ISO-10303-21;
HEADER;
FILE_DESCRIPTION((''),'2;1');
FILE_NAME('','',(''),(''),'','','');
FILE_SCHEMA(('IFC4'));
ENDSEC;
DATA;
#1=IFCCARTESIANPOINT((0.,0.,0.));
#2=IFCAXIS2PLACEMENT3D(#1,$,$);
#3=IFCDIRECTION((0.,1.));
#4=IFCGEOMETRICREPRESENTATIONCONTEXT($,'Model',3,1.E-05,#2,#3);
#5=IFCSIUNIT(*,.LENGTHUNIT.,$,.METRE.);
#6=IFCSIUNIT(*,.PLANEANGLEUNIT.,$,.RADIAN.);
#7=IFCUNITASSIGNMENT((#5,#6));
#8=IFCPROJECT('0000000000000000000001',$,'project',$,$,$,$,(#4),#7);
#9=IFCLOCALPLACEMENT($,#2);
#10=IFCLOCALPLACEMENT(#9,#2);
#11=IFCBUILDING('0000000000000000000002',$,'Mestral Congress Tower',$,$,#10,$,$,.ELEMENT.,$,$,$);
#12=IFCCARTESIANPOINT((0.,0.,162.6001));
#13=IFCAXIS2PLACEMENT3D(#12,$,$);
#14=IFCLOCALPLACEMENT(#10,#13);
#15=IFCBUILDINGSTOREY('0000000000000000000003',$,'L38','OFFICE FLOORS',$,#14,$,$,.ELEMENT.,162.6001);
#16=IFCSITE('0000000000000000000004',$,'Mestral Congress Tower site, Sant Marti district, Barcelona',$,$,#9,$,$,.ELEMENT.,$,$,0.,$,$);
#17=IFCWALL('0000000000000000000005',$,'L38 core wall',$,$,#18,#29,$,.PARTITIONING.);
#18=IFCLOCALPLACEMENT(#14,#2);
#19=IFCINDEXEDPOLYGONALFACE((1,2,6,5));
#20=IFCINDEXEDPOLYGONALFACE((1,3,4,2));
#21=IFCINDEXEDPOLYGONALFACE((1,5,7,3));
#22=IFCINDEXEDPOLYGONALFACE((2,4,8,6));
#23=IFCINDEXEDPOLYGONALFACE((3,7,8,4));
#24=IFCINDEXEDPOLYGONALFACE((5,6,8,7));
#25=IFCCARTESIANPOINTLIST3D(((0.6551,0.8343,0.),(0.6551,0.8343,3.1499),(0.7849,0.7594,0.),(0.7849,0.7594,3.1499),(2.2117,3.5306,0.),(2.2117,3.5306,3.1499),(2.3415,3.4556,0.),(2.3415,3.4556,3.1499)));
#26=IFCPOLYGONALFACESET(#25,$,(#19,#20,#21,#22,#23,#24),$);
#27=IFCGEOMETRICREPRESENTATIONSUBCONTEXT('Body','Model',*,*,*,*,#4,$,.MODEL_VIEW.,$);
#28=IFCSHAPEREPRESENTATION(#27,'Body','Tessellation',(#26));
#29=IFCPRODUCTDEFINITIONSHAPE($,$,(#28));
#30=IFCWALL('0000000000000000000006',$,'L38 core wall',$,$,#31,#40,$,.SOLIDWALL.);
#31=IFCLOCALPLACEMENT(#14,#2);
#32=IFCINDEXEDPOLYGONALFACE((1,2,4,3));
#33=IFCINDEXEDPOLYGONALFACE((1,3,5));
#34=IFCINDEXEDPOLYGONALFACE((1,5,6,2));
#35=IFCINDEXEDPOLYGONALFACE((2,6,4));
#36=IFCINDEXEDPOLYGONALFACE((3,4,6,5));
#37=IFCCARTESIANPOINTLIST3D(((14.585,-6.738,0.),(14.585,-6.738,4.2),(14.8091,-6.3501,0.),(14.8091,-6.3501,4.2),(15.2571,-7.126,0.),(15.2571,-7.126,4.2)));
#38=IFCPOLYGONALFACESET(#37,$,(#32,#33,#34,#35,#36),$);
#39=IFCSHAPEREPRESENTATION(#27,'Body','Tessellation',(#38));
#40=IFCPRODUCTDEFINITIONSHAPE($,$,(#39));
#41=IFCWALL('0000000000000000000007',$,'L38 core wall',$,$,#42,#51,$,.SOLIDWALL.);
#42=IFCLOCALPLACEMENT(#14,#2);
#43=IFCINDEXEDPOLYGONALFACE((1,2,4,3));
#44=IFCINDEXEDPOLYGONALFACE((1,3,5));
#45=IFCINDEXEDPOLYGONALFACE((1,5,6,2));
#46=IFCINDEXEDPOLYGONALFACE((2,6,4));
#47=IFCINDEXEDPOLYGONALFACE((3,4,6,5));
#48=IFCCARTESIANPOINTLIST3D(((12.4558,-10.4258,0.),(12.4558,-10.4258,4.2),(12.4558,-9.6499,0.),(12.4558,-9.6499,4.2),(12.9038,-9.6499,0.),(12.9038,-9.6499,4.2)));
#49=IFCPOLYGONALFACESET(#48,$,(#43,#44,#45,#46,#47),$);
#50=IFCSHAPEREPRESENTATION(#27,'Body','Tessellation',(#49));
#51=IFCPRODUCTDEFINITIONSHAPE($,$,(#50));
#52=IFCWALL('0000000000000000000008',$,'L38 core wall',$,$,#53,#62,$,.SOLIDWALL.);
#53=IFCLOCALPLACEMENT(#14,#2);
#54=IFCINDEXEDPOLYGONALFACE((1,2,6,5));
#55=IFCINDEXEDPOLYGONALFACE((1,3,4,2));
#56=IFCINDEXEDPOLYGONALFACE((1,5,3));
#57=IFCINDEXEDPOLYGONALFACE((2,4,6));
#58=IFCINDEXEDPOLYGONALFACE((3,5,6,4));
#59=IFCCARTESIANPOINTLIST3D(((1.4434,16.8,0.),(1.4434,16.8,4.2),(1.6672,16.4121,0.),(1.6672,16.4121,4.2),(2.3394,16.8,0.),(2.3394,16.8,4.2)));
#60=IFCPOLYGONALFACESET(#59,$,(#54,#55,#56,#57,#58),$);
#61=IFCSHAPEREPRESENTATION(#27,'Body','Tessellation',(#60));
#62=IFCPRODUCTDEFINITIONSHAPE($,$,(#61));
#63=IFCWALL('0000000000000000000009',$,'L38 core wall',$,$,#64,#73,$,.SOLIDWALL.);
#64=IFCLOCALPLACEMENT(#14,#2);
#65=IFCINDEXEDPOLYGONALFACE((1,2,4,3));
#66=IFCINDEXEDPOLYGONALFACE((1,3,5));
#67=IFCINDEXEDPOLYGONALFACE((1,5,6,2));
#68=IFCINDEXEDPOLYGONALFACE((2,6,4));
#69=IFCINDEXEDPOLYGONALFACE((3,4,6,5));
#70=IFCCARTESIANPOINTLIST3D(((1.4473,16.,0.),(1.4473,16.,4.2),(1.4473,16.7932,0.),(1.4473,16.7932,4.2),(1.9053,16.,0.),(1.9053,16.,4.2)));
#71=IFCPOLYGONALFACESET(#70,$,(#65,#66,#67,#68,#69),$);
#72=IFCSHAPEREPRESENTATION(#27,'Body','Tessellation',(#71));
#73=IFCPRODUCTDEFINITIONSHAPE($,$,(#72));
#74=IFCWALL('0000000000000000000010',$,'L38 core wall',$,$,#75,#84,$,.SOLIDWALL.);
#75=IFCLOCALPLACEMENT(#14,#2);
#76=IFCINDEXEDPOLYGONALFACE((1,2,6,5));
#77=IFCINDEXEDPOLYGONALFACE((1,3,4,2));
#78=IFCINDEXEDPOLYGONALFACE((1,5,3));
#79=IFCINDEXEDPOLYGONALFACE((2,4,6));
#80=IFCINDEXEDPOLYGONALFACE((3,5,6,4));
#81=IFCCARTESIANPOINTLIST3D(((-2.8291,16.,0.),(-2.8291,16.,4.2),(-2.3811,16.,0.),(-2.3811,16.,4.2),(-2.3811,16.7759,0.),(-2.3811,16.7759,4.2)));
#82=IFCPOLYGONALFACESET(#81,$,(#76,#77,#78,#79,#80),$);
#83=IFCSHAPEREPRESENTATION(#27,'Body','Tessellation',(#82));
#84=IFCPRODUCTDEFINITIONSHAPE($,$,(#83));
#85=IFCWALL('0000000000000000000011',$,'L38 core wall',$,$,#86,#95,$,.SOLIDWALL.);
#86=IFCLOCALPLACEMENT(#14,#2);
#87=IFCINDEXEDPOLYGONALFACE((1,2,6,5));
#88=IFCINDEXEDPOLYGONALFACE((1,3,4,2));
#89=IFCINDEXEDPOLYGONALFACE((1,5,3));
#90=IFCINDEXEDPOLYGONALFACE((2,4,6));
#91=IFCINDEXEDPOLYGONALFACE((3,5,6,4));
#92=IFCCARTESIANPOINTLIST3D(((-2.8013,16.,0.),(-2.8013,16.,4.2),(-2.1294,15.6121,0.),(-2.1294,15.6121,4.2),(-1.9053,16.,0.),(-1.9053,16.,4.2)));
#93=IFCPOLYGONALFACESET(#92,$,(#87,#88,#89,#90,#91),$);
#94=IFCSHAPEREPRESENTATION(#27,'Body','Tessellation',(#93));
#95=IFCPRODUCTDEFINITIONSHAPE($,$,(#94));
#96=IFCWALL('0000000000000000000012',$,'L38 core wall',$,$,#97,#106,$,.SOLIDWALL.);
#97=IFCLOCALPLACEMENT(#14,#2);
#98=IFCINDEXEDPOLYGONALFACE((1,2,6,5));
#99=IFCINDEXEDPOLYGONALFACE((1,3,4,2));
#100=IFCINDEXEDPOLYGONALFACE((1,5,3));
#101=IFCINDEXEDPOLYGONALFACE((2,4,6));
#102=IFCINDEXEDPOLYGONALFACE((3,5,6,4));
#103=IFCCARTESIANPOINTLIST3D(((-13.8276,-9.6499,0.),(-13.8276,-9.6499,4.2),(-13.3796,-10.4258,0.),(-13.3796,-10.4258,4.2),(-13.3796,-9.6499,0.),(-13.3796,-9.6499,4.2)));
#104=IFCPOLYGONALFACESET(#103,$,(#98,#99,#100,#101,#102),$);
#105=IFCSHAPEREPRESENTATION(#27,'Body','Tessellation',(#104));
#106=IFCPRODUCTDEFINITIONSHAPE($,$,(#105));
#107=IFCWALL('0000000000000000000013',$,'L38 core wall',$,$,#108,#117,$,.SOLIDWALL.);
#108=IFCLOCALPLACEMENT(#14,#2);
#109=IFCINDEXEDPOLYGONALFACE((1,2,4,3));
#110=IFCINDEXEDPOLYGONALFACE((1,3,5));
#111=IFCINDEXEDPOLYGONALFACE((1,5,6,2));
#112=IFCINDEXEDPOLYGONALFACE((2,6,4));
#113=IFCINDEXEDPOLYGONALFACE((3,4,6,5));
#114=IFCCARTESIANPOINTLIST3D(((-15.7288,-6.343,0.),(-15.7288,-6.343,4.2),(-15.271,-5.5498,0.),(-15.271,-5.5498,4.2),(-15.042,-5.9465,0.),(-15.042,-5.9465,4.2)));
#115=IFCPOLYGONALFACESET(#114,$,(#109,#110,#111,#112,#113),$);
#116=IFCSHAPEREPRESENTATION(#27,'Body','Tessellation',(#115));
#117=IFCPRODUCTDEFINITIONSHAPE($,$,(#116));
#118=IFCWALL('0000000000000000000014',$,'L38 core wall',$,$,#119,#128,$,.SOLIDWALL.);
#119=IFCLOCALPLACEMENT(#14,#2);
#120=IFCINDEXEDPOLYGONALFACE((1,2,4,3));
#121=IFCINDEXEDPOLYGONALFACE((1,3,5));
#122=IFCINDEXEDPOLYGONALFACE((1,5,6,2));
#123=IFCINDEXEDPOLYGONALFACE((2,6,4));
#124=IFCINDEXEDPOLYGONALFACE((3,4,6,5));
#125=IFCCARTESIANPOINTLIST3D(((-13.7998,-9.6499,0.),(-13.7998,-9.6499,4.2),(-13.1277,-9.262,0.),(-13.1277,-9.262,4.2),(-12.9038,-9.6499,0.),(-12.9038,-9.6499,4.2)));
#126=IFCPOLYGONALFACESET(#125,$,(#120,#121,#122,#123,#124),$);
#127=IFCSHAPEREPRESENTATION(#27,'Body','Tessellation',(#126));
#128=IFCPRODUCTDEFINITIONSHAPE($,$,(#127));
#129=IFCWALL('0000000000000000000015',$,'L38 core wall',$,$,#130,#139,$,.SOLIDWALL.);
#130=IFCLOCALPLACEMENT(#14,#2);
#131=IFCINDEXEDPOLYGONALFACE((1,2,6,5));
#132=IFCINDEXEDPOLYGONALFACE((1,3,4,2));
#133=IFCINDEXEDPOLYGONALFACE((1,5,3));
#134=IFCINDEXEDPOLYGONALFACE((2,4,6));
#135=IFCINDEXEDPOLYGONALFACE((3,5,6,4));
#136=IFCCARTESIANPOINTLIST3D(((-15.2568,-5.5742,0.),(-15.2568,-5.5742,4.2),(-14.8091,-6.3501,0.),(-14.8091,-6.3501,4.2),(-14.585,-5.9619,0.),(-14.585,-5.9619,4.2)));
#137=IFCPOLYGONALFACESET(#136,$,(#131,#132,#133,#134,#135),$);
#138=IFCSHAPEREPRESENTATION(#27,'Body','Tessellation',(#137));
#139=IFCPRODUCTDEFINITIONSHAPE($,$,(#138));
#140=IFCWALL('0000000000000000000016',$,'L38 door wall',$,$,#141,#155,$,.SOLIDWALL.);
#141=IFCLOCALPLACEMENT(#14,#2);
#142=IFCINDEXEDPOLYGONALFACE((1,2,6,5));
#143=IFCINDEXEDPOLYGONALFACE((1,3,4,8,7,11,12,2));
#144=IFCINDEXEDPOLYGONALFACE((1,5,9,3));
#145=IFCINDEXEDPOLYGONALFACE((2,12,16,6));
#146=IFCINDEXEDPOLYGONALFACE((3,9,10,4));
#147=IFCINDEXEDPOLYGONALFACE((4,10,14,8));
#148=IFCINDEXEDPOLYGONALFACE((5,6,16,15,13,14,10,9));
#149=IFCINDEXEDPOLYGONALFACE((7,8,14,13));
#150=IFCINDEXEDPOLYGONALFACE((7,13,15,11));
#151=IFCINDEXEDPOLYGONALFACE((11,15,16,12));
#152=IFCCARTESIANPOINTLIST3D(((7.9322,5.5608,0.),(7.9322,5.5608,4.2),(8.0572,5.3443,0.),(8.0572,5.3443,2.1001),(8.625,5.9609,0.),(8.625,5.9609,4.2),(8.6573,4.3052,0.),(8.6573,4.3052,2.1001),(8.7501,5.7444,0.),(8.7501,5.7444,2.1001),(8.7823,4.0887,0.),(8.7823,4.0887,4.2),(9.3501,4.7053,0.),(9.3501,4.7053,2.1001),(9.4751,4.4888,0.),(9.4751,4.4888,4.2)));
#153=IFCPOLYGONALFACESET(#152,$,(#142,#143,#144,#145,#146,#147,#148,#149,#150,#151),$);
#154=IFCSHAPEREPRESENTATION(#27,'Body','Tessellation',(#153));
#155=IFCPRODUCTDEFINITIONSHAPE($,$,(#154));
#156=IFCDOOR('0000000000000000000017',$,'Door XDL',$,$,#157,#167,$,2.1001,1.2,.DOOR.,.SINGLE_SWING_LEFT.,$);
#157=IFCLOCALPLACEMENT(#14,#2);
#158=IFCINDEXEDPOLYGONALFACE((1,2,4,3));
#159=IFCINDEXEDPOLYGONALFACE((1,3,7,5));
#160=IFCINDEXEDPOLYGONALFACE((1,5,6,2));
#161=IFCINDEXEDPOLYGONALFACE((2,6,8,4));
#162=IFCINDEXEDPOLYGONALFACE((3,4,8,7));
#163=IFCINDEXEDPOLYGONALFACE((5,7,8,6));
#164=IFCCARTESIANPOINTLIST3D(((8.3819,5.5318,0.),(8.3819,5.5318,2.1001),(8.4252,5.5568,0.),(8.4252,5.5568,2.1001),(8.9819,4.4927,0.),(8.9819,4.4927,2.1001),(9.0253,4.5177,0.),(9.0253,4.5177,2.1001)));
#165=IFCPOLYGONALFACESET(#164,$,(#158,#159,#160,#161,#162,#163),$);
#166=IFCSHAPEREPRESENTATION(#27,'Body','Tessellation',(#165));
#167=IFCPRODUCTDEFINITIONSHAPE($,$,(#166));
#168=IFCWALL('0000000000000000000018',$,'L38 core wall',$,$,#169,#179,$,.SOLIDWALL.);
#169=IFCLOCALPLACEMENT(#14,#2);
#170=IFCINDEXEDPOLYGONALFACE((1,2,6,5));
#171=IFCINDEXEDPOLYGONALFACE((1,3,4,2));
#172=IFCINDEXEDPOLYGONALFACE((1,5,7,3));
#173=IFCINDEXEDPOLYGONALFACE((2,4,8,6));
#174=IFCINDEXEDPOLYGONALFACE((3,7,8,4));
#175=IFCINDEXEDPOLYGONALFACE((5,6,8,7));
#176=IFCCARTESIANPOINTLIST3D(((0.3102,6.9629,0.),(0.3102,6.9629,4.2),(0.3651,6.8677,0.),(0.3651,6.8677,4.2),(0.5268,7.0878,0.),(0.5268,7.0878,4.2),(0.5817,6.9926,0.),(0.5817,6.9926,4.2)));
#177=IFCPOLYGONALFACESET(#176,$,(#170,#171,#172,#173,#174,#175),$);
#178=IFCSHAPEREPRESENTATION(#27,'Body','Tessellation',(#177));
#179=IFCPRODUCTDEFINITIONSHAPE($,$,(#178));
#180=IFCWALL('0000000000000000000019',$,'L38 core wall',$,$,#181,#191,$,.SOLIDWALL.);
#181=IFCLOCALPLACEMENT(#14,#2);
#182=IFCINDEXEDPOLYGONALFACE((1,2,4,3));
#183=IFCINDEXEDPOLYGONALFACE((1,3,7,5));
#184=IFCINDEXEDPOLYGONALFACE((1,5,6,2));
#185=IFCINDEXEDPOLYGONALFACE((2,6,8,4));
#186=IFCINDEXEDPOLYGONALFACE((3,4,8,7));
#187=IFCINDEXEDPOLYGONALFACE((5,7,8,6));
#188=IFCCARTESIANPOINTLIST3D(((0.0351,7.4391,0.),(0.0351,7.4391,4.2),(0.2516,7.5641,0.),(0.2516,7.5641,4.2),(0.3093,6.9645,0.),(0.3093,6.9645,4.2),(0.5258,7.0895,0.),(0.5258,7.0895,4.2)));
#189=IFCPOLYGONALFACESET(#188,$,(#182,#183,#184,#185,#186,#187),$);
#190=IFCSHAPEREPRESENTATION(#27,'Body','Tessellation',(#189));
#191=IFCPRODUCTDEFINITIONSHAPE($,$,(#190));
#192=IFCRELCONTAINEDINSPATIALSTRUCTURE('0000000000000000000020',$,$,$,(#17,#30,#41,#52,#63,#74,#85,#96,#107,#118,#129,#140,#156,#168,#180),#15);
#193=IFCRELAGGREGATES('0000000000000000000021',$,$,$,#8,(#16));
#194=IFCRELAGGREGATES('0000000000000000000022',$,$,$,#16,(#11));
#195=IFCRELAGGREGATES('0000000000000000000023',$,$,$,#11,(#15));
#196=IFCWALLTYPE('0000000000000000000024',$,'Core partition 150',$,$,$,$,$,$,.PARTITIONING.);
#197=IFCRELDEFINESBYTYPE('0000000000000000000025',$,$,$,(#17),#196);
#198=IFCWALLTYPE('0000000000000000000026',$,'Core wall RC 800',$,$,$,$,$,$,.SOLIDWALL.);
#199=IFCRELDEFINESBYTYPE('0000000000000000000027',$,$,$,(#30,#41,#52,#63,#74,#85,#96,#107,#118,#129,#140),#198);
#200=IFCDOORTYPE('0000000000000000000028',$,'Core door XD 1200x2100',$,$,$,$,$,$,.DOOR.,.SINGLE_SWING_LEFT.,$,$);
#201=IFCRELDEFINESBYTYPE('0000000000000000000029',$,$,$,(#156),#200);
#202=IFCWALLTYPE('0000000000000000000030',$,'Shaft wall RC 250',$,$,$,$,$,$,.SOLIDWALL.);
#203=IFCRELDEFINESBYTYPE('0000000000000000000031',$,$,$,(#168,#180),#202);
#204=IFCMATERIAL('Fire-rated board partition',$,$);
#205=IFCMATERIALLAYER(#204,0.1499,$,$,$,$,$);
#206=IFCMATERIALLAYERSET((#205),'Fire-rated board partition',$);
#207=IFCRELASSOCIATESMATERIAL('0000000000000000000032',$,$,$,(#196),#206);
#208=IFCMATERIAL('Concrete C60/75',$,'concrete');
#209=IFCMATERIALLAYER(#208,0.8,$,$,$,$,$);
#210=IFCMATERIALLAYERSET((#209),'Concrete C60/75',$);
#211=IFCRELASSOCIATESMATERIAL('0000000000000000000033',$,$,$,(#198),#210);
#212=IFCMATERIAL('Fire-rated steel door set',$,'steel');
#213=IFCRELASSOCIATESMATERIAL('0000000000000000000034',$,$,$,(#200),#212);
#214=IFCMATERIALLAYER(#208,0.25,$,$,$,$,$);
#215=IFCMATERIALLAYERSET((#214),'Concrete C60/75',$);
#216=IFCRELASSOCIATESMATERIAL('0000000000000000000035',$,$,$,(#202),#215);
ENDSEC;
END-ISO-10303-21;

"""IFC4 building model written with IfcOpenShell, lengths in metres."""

from ifc_helpers import new_model, si_unit, direction, frame, frame_2d, origin, place, context, subcontext, project, spatial, polyline, rectangle, outline, extrude, material, layer, layer_set, type_object, element, fill, save


model = new_model("IFC4")

# Units and contexts
model_context = context("Model", 3, precision=1e-05, world=origin(), true_north=direction((0.0, 1.0)))
body_context = subcontext(model_context, "Body", "Model", "MODEL_VIEW")
ifc_project = project(units=[si_unit("LENGTHUNIT", "METRE"), si_unit("PLANEANGLEUNIT", "RADIAN")], contexts=[model_context])

# Site, building, storey
site_placement = place(None, origin())
site = spatial("IfcSite", under=ifc_project, at=site_placement, Name="Mestral Congress Tower site, Sant Marti district, Barcelona", CompositionType="ELEMENT", RefElevation=0.0)
building_placement = place(site_placement, origin())
building = spatial("IfcBuilding", under=site, at=building_placement, Name="Mestral Congress Tower", CompositionType="ELEMENT")
storey_placement = place(building_placement, frame((0.0, 0.0, 162.6001)))
storey = spatial("IfcBuildingStorey", under=building, at=storey_placement, Name="L38", Description="OFFICE FLOORS", CompositionType="ELEMENT", Elevation=162.6001)

# Walls
ifc_material_1 = material(Name="Fire-rated board partition")
ifc_layer_1 = layer(ifc_material_1, 0.1499)
ifc_layer_set_1 = layer_set([ifc_layer_1], Name="Fire-rated board partition")
wall_type_1 = type_object("IfcWallType", Name="Core partition 150", PredefinedType="PARTITIONING", material=ifc_layer_set_1)
wall_1_placement = place(storey_placement, frame((0.72, 0.7969, 0.0), z_axis=(0.0, 0.0, 1.0), x_axis=(0.499985, 0.866034, 0.0)))
element("IfcWall", 1, at=wall_1_placement, inside=storey, type_object=wall_type_1, Name="L38 core wall", PredefinedType="PARTITIONING", context=body_context, shape_type="SweptSolid", body=[
    extrude(rectangle(XDim=3.1133, YDim=0.1499, at=frame_2d((1.5566, 0.0))), origin(), (0.0, 0.0, 1.0), 3.1499),
])
ifc_material_2 = material(Name="Concrete C60/75", Category="concrete")
ifc_layer_2 = layer(ifc_material_2, 0.8)
ifc_layer_set_2 = layer_set([ifc_layer_2], Name="Concrete C60/75")
wall_type_2 = type_object("IfcWallType", Name="Core wall RC 800", PredefinedType="SOLIDWALL", material=ifc_layer_set_2)
placement = place(storey_placement, origin())
element("IfcWall", 2, at=placement, inside=storey, type_object=wall_type_2, Name="L38 core wall", PredefinedType="SOLIDWALL", context=body_context, shape_type="SweptSolid", body=[
    extrude(outline(polyline([(14.8091, -6.3501), (15.2571, -7.126), (14.585, -6.738), (14.8091, -6.3501)])), origin(), (0.0, 0.0, 1.0), 4.2),
])
element("IfcWall", 3, at=placement, inside=storey, type_object=wall_type_2, Name="L38 core wall", PredefinedType="SOLIDWALL", context=body_context, shape_type="SweptSolid", body=[
    extrude(outline(polyline([(12.9038, -9.6499), (12.4558, -10.4258), (12.4558, -9.6499), (12.9038, -9.6499)])), origin(), (0.0, 0.0, 1.0), 4.2),
])
element("IfcWall", 4, at=placement, inside=storey, type_object=wall_type_2, Name="L38 core wall", PredefinedType="SOLIDWALL", context=body_context, shape_type="SweptSolid", body=[
    extrude(outline(polyline([(1.4434, 16.8), (2.3394, 16.8), (1.6672, 16.4121), (1.4434, 16.8)])), origin(), (0.0, 0.0, 1.0), 4.2),
])
element("IfcWall", 5, at=placement, inside=storey, type_object=wall_type_2, Name="L38 core wall", PredefinedType="SOLIDWALL", context=body_context, shape_type="SweptSolid", body=[
    extrude(outline(polyline([(1.9053, 16.0), (1.4473, 16.0), (1.4473, 16.7932), (1.9053, 16.0)])), origin(), (0.0, 0.0, 1.0), 4.2),
])
element("IfcWall", 6, at=placement, inside=storey, type_object=wall_type_2, Name="L38 core wall", PredefinedType="SOLIDWALL", context=body_context, shape_type="SweptSolid", body=[
    extrude(outline(polyline([(-2.8291, 16.0), (-2.3811, 16.7759), (-2.3811, 16.0), (-2.8291, 16.0)])), origin(), (0.0, 0.0, 1.0), 4.2),
])
element("IfcWall", 7, at=placement, inside=storey, type_object=wall_type_2, Name="L38 core wall", PredefinedType="SOLIDWALL", context=body_context, shape_type="SweptSolid", body=[
    extrude(outline(polyline([(-1.9053, 16.0), (-2.1294, 15.6121), (-2.8013, 16.0), (-1.9053, 16.0)])), origin(), (0.0, 0.0, 1.0), 4.2),
])
element("IfcWall", 8, at=placement, inside=storey, type_object=wall_type_2, Name="L38 core wall", PredefinedType="SOLIDWALL", context=body_context, shape_type="SweptSolid", body=[
    extrude(outline(polyline([(-13.8276, -9.6499), (-13.3796, -9.6499), (-13.3796, -10.4258), (-13.8276, -9.6499)])), origin(), (0.0, 0.0, 1.0), 4.2),
])
element("IfcWall", 9, at=placement, inside=storey, type_object=wall_type_2, Name="L38 core wall", PredefinedType="SOLIDWALL", context=body_context, shape_type="SweptSolid", body=[
    extrude(outline(polyline([(-15.042, -5.9465), (-15.7288, -6.343), (-15.271, -5.5498), (-15.042, -5.9465)])), origin(), (0.0, 0.0, 1.0), 4.2),
])
element("IfcWall", 10, at=placement, inside=storey, type_object=wall_type_2, Name="L38 core wall", PredefinedType="SOLIDWALL", context=body_context, shape_type="SweptSolid", body=[
    extrude(outline(polyline([(-12.9038, -9.6499), (-13.7998, -9.6499), (-13.1277, -9.262), (-12.9038, -9.6499)])), origin(), (0.0, 0.0, 1.0), 4.2),
])
element("IfcWall", 11, at=placement, inside=storey, type_object=wall_type_2, Name="L38 core wall", PredefinedType="SOLIDWALL", context=body_context, shape_type="SweptSolid", body=[
    extrude(outline(polyline([(-14.8091, -6.3501), (-15.2568, -5.5742), (-14.585, -5.9619), (-14.8091, -6.3501)])), origin(), (0.0, 0.0, 1.0), 4.2),
])

# Wall, opening, door
wall_2_placement = place(storey_placement, frame((8.2786, 5.761, 0.0), z_axis=(0.0, 0.0, 1.0), x_axis=(0.500062, -0.865989, 0.0)))
wall_2 = element("IfcWall", 12, at=wall_2_placement, inside=storey, type_object=wall_type_2, Name="L38 door wall", PredefinedType="SOLIDWALL", context=body_context, shape_type="SweptSolid", body=[
    extrude(rectangle(XDim=1.7, YDim=0.8, at=frame_2d((0.8501, 0.0))), origin(), (0.0, 0.0, 1.0), 4.2),
])
opening_placement = place(wall_2_placement, frame((0.25, 0.0, 0.0)))
opening = element("IfcOpeningElement", 13, at=opening_placement, cuts=wall_2, PredefinedType="OPENING", context=body_context, shape_type="SweptSolid", body=[
    extrude(rectangle(XDim=1.2, YDim=2.1001, at=frame_2d((0.6001, 1.05))), frame((0.0, 0.4099, 0.0), z_axis=(0.0, -1.0, 0.0), x_axis=(1.0, 0.0, 0.0)), (0.0, 0.0, 1.0), 0.8201),
])
ifc_material_3 = material(Name="Fire-rated steel door set", Category="steel")
door_type = type_object("IfcDoorType", Name="Core door XD 1200x2100", OperationType="SINGLE_SWING_LEFT", PredefinedType="DOOR", material=ifc_material_3)
door_placement = place(opening_placement, origin())
door = element("IfcDoor", 14, at=door_placement, inside=storey, type_object=door_type, Name="Door XDL", OperationType="SINGLE_SWING_LEFT", OverallHeight=2.1001, OverallWidth=1.2, PredefinedType="DOOR", context=body_context, shape_type="SweptSolid", body=[
    extrude(rectangle(XDim=1.2, YDim=2.1001, at=frame_2d((0.6001, 1.05))), frame((0.0, 0.0249, 0.0), z_axis=(0.0, -1.0, 0.0), x_axis=(1.0, 0.0, 0.0)), (0.0, 0.0, 1.0), 0.05),
])
fill(opening, door)

# Walls
ifc_layer_3 = layer(ifc_material_2, 0.25)
ifc_layer_set_3 = layer_set([ifc_layer_3], Name="Concrete C60/75")
wall_type_3 = type_object("IfcWallType", Name="Shaft wall RC 250", PredefinedType="SOLIDWALL", material=ifc_layer_set_3)
wall_3_placement = place(storey_placement, frame((0.4734, 6.9302, 0.0), z_axis=(0.0, 0.0, 1.0), x_axis=(-0.499722, 0.866186, 0.0)))
element("IfcWall", 15, at=wall_3_placement, inside=storey, type_object=wall_type_3, Name="L38 core wall", PredefinedType="SOLIDWALL", context=body_context, shape_type="SweptSolid", body=[
    extrude(rectangle(XDim=0.1099, YDim=0.25, at=frame_2d((0.0549, 0.0))), origin(), (0.0, 0.0, 1.0), 4.2),
])
wall_4_placement = place(storey_placement, frame((0.4175, 7.0271, 0.0), z_axis=(0.0, 0.0, 1.0), x_axis=(-0.500211, 0.865904, 0.0)))
element("IfcWall", 16, at=wall_4_placement, inside=storey, type_object=wall_type_3, Name="L38 core wall", PredefinedType="SOLIDWALL", context=body_context, shape_type="SweptSolid", body=[
    extrude(rectangle(XDim=0.5481, YDim=0.25, at=frame_2d((0.2739, 0.0))), origin(), (0.0, 0.0, 1.0), 4.2),
])

save(model, "model.ifc")
